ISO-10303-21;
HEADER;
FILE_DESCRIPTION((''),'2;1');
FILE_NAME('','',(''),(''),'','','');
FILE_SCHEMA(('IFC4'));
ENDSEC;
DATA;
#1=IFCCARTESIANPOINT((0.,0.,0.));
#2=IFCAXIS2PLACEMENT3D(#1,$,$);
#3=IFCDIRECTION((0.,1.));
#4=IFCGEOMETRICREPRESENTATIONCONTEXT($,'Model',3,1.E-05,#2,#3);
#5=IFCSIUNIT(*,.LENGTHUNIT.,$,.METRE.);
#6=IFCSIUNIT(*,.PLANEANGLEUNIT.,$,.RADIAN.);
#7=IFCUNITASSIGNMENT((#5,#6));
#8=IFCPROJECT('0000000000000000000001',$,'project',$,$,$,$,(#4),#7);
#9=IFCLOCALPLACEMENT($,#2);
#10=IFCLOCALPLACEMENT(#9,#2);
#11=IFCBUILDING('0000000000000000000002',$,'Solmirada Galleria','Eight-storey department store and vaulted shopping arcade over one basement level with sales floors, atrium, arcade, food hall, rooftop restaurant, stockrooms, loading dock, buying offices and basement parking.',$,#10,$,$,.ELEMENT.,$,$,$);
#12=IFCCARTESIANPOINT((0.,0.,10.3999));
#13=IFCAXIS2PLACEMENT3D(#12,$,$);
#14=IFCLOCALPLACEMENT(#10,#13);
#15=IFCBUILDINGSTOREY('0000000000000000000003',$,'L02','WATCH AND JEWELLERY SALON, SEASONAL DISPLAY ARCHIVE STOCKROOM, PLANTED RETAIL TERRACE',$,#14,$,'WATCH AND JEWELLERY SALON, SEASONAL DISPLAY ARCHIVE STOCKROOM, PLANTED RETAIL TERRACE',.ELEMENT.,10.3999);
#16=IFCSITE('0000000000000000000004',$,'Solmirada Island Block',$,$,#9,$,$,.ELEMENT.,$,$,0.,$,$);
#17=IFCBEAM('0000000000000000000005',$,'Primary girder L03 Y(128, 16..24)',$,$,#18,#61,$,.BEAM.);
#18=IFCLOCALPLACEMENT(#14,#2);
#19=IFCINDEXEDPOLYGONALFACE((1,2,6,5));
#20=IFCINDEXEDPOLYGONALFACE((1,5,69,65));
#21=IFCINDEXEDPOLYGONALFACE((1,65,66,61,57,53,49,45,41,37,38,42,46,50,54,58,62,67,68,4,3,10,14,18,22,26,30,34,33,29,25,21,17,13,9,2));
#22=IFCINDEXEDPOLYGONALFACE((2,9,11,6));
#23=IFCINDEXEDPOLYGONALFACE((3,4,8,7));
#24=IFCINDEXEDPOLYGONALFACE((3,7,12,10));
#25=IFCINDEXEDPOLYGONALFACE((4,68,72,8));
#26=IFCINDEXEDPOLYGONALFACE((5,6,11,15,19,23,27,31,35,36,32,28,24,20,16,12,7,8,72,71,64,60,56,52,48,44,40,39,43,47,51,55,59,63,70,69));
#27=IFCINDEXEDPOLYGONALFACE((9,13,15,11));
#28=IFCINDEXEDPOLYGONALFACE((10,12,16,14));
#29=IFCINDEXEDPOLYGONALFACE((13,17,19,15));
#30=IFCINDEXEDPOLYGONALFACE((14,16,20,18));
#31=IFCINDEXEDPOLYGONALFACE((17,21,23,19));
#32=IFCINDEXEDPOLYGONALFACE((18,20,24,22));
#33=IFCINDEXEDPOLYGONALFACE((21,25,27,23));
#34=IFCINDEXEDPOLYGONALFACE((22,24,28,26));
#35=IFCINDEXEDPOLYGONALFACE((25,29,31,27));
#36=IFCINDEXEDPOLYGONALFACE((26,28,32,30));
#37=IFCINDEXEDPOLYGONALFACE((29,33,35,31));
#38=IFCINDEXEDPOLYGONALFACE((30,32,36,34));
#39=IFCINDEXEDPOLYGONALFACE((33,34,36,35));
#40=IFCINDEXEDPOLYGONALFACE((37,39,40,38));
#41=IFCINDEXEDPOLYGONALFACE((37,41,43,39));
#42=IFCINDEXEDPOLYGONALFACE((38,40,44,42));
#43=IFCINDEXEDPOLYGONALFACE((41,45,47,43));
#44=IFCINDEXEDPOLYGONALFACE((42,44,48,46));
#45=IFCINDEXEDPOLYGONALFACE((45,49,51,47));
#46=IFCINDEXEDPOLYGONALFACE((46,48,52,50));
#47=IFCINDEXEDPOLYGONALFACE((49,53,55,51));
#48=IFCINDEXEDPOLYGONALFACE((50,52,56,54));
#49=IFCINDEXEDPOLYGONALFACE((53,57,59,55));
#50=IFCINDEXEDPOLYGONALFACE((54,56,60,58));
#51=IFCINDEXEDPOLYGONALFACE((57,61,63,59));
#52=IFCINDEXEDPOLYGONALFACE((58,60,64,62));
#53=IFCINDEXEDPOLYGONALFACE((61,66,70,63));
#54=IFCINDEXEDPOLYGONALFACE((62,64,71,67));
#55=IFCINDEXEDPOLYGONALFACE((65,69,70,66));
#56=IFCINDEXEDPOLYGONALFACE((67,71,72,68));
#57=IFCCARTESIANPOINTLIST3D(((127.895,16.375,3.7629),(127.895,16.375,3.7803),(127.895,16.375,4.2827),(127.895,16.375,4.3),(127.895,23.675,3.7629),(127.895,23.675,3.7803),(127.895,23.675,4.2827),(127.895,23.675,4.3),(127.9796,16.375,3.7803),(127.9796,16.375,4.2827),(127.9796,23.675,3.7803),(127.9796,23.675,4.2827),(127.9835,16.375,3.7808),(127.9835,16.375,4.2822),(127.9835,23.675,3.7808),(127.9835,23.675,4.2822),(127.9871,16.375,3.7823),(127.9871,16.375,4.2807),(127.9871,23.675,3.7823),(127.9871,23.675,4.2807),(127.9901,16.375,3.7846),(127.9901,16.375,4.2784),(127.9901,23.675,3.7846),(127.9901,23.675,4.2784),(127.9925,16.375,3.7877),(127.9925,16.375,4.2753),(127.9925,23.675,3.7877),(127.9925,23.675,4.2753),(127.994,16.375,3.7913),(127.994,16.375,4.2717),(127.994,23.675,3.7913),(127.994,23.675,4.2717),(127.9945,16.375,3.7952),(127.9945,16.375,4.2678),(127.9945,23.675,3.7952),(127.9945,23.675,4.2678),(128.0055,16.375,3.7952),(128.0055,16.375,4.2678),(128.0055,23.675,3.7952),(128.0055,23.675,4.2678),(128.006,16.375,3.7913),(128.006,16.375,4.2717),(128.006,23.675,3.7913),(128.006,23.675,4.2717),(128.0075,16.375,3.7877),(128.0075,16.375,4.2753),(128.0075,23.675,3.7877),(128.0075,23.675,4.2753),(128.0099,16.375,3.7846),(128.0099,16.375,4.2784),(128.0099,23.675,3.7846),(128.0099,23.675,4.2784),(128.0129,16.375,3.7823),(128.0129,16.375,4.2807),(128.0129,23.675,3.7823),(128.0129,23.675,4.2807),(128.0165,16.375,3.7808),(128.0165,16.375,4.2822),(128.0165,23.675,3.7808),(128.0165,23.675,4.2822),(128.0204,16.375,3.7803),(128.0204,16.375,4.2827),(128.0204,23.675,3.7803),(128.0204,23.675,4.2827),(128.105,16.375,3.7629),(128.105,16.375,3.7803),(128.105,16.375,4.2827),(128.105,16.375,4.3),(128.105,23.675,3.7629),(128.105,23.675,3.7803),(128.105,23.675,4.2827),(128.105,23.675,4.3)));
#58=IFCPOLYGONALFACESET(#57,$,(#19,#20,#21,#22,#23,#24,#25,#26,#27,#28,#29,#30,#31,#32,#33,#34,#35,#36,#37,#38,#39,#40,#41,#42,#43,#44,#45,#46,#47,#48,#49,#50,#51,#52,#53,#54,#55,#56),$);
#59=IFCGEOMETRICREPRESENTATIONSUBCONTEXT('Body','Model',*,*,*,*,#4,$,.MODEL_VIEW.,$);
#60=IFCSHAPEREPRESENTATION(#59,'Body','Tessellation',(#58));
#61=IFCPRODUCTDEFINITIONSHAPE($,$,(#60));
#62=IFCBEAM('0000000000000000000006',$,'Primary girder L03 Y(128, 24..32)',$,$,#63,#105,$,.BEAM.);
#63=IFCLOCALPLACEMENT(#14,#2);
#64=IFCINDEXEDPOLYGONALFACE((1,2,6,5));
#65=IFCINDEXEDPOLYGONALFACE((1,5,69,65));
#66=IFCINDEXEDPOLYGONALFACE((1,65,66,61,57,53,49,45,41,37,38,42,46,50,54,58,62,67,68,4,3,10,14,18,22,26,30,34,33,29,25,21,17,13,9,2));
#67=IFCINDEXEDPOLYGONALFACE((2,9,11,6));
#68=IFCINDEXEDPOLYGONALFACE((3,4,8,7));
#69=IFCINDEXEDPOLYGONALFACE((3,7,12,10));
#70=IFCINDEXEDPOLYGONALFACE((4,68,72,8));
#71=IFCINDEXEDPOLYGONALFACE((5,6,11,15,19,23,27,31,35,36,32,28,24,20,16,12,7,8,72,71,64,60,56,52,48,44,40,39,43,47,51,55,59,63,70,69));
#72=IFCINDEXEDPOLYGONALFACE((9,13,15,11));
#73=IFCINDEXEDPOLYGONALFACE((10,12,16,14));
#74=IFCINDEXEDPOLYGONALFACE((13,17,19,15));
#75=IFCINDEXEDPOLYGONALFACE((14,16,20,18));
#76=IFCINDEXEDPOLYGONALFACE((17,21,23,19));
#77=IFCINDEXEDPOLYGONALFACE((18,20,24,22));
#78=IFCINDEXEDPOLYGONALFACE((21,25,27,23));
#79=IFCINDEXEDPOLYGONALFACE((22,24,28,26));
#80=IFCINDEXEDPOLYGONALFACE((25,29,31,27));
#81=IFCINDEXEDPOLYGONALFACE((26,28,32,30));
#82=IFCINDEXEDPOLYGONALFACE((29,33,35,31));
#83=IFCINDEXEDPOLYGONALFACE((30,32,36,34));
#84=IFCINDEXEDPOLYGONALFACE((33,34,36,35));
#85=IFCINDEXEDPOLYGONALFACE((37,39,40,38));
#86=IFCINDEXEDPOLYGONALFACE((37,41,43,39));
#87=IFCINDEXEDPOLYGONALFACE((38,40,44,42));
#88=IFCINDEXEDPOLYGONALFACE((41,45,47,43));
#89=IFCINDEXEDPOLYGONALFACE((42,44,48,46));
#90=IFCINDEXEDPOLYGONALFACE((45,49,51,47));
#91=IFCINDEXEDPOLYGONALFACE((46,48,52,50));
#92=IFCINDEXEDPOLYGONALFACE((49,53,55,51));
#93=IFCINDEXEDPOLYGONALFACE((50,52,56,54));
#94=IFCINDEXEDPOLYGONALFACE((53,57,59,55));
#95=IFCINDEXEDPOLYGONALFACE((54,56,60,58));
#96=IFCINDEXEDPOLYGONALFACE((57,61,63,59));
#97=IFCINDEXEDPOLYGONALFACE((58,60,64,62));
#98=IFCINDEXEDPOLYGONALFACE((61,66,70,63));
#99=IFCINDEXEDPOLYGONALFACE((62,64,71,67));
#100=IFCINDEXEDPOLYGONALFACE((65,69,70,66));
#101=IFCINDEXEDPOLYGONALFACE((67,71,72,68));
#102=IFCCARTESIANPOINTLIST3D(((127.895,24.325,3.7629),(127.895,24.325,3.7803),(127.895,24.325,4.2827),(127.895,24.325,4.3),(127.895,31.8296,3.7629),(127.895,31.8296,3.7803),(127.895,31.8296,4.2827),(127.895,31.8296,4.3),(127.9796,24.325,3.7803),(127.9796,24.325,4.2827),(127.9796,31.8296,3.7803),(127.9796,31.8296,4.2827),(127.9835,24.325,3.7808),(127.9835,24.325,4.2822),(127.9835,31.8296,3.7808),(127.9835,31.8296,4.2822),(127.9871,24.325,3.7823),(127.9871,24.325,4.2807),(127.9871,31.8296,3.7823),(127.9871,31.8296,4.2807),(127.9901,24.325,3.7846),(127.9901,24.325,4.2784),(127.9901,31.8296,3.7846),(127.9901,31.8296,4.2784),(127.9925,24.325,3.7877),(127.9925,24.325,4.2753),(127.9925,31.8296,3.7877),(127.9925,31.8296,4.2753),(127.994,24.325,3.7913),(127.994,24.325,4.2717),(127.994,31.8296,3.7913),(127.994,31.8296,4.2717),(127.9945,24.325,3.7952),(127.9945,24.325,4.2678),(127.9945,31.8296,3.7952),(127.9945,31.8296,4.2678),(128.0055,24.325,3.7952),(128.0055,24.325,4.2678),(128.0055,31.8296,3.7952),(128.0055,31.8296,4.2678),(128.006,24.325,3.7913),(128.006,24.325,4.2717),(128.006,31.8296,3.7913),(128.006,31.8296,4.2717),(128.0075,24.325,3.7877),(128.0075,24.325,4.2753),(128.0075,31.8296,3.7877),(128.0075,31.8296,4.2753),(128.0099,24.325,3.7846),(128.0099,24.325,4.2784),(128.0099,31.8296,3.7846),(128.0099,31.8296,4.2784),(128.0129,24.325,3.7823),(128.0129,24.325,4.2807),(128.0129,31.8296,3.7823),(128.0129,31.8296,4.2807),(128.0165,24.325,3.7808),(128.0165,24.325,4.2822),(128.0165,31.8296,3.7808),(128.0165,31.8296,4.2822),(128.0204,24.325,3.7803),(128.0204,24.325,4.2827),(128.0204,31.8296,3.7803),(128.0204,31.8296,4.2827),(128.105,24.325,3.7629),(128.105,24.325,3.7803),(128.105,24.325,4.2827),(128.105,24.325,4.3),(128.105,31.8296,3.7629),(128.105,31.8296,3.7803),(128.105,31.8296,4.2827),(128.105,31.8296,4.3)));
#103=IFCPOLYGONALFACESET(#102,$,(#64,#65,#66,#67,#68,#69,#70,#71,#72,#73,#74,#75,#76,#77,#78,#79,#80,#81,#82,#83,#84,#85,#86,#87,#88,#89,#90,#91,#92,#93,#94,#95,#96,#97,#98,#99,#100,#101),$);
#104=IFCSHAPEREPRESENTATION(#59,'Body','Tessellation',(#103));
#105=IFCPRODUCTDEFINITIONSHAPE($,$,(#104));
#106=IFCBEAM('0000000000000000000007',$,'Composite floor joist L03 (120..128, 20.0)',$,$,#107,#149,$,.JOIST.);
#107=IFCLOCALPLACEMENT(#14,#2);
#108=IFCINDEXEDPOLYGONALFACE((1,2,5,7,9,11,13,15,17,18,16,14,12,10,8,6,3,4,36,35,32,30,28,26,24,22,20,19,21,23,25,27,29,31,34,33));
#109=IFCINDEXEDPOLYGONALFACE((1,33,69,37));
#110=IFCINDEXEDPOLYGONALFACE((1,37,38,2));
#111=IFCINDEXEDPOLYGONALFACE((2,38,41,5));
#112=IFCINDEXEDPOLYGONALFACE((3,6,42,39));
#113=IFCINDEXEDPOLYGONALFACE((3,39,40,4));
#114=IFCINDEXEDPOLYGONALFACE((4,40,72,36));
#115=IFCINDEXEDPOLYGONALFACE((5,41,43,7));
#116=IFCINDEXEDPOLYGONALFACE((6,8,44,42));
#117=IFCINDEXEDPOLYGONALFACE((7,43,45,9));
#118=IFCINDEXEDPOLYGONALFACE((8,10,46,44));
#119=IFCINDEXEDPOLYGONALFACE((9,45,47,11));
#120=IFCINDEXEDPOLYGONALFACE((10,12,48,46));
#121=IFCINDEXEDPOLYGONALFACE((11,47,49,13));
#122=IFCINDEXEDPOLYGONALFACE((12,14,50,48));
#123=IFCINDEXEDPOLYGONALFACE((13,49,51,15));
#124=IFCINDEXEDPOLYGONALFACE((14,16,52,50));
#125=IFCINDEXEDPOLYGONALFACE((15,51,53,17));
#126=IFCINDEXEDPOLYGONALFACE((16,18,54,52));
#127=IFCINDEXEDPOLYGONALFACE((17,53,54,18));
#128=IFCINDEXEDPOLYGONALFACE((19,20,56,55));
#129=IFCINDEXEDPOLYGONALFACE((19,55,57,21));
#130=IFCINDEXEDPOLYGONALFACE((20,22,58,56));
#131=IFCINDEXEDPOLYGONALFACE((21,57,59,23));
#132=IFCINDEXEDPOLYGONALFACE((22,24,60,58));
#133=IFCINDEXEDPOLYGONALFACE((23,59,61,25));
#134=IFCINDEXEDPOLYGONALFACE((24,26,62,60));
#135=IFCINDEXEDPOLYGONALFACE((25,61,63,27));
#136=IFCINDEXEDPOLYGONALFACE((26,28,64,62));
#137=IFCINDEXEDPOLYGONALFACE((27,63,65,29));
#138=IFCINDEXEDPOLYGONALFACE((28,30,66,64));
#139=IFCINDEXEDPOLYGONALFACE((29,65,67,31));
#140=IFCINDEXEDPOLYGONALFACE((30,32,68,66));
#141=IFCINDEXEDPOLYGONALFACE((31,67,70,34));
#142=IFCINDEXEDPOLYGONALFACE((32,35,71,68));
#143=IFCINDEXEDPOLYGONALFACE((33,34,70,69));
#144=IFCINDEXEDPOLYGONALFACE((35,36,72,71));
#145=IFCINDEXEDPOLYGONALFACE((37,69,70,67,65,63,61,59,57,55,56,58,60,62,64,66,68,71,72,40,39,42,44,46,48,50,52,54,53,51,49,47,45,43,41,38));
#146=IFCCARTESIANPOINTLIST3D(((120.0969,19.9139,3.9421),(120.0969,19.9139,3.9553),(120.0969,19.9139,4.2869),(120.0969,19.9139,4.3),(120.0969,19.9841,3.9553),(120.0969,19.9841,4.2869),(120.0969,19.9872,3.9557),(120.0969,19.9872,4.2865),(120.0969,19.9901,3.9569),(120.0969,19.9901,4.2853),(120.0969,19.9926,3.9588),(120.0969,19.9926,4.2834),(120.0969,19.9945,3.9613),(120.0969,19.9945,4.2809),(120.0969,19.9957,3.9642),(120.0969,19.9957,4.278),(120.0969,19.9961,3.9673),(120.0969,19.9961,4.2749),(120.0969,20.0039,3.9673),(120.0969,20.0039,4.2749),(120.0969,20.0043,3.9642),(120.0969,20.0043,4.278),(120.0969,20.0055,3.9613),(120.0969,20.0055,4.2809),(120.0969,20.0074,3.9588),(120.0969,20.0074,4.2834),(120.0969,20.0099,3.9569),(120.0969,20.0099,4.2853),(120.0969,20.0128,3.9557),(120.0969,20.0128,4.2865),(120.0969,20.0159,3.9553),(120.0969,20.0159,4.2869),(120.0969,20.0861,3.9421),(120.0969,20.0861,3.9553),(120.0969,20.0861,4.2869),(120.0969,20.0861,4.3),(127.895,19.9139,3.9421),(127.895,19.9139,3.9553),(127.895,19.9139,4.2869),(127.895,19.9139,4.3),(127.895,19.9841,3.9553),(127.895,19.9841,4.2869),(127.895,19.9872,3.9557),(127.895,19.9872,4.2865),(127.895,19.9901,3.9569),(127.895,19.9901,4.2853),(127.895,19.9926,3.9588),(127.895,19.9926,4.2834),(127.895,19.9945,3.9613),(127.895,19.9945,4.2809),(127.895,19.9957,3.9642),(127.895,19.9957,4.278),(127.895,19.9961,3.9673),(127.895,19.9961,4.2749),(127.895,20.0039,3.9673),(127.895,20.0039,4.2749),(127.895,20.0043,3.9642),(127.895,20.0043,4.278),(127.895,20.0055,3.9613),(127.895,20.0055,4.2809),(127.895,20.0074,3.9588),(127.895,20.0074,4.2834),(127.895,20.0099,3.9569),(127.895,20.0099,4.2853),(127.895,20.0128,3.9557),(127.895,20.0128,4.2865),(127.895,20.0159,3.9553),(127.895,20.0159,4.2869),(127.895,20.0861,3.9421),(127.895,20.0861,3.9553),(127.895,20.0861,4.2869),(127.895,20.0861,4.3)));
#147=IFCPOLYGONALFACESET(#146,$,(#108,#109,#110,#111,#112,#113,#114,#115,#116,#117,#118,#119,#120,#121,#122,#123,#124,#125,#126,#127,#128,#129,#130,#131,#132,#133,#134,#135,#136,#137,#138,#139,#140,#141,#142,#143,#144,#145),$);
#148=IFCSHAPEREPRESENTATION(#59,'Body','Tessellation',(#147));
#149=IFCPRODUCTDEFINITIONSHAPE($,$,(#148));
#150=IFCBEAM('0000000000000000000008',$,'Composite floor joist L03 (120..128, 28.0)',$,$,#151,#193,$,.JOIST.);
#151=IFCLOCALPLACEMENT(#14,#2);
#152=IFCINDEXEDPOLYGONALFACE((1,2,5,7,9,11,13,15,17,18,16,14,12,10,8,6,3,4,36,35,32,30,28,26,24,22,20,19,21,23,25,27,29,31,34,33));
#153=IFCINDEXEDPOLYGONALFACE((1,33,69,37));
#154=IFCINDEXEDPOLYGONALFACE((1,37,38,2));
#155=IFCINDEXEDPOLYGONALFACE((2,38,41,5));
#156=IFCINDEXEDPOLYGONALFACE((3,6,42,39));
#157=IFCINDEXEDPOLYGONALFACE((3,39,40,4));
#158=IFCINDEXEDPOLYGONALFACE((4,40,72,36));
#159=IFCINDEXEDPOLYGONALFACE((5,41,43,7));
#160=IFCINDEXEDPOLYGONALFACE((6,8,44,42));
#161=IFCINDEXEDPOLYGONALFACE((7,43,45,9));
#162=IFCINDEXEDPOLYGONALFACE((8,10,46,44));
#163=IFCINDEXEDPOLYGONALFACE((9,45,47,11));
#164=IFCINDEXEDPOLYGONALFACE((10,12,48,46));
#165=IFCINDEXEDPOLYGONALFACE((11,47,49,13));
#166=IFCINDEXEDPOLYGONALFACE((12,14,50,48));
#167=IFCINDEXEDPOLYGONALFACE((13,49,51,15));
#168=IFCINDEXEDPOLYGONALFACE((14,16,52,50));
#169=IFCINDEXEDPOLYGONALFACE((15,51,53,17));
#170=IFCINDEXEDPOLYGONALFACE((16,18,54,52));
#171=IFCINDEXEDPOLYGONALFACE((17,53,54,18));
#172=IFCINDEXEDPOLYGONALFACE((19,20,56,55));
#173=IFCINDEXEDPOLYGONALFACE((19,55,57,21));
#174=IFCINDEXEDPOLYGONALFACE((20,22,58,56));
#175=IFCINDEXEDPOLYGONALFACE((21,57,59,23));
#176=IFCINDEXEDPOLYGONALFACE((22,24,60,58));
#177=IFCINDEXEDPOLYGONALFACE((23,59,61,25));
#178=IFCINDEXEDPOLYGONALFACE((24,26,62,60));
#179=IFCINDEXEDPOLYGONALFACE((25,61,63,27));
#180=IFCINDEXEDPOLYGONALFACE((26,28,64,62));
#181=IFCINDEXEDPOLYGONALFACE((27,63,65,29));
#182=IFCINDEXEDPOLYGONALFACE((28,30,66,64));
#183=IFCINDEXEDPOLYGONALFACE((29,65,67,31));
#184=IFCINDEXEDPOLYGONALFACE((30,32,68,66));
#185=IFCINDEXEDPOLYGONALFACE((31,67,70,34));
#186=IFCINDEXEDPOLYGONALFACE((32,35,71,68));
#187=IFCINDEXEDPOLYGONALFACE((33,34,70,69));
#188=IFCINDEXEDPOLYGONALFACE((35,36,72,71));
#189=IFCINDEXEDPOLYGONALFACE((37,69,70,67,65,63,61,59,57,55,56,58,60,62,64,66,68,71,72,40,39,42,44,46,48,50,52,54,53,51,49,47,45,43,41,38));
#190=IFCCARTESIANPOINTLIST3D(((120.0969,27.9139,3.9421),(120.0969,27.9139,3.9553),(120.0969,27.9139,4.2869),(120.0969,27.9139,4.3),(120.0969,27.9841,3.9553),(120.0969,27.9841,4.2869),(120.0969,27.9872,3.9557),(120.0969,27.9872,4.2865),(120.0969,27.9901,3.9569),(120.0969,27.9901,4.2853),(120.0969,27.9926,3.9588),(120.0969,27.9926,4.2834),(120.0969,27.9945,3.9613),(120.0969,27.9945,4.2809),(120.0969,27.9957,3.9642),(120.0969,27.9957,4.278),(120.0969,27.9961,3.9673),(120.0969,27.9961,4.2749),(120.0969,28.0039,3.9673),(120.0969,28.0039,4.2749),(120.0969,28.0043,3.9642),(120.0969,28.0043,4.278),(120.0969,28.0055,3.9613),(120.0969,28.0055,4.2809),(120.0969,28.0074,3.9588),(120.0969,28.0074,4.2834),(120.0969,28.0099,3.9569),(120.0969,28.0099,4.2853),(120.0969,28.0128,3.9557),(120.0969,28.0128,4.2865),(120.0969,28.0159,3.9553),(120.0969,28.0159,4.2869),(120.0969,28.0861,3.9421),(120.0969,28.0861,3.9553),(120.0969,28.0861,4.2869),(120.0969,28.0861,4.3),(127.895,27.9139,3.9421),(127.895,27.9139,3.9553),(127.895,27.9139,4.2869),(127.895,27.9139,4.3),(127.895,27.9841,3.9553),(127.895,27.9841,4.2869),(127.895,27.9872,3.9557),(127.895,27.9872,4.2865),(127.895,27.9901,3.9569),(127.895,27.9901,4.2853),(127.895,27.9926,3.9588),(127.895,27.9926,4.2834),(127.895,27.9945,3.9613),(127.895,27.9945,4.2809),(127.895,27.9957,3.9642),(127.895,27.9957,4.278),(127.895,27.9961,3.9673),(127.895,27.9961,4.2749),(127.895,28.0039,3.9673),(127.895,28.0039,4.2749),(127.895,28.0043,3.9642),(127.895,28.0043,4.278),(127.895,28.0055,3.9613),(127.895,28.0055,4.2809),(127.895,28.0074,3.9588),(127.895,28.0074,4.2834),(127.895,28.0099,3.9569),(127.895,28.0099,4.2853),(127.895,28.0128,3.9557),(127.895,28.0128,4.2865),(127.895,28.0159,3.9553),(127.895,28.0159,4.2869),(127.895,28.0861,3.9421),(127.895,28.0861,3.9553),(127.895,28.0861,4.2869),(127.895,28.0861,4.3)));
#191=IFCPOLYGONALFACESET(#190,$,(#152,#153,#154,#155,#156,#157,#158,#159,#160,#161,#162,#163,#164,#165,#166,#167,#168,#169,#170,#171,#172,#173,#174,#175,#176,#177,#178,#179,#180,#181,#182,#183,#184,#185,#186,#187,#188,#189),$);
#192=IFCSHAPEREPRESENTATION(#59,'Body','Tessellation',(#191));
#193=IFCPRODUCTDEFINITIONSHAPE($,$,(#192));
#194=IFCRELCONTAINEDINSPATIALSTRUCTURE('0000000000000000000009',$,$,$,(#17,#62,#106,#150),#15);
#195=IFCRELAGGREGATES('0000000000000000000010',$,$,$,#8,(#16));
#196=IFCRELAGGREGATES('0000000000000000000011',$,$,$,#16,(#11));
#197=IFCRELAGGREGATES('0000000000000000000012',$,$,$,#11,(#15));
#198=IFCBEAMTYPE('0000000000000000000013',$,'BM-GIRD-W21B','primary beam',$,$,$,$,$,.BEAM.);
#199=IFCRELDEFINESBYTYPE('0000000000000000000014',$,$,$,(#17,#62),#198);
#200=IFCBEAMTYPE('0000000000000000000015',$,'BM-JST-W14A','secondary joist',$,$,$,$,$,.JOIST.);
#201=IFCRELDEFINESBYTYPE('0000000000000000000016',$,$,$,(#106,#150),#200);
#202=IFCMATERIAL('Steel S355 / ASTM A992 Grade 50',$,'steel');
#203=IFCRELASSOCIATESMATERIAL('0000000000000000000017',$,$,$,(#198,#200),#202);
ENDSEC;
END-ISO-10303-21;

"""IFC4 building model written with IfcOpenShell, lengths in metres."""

from ifc_helpers import new_model, si_unit, direction, frame, origin, origin_2d, place, context, subcontext, project, spatial, i_section, extrude, material, material_profile, profile_set, type_object, element, save


model = new_model("IFC4")

# Units and contexts
model_context = context("Model", 3, precision=1e-05, world=origin(), true_north=direction((0.0, 1.0)))
body_context = subcontext(model_context, "Body", "Model", "MODEL_VIEW")
ifc_project = project(units=[si_unit("LENGTHUNIT", "METRE"), si_unit("PLANEANGLEUNIT", "RADIAN")], contexts=[model_context])

# Site, building, storey
site_placement = place(None, origin())
site = spatial("IfcSite", under=ifc_project, at=site_placement, Name="Solmirada Island Block", CompositionType="ELEMENT", RefElevation=0.0)
building_placement = place(site_placement, origin())
building = spatial("IfcBuilding", under=site, at=building_placement, Name="Solmirada Galleria", Description="Eight-storey department store and vaulted shopping arcade over one basement level with sales floors, atrium, arcade, food hall, rooftop restaurant, stockrooms, loading dock, buying offices and basement parking.", CompositionType="ELEMENT")
storey_placement = place(building_placement, frame((0.0, 0.0, 10.3999)))
storey = spatial("IfcBuildingStorey", under=building, at=storey_placement, Name="L02", Description="WATCH AND JEWELLERY SALON, SEASONAL DISPLAY ARCHIVE STOCKROOM, PLANTED RETAIL TERRACE", LongName="WATCH AND JEWELLERY SALON, SEASONAL DISPLAY ARCHIVE STOCKROOM, PLANTED RETAIL TERRACE", CompositionType="ELEMENT", Elevation=10.3999)

# Beams
ifc_material_1 = material(Name="Steel S355 / ASTM A992 Grade 50", Category="steel")
ifc_material_profile_1 = material_profile(ifc_material_1, i_section(OverallWidth=0.21, OverallDepth=0.5371, WebThickness=0.011, FlangeThickness=0.0173, FilletRadius=0.0149, at=origin_2d()), Name="W21X68")
ifc_profile_set_1 = profile_set([ifc_material_profile_1], Name="Steel S355 / ASTM A992 Grade 50")
beam_type_1 = type_object("IfcBeamType", Name="BM-GIRD-W21B", Description="primary beam", PredefinedType="BEAM", material=ifc_profile_set_1)
beam_1_placement = place(storey_placement, frame((128.0, 16.375, 4.0315), z_axis=(0.0, 1.0, 0.0), x_axis=(-1.0, 0.0, 0.0)))
element("IfcBeam", 1, at=beam_1_placement, inside=storey, type_object=beam_type_1, Name="Primary girder L03 Y(128, 16..24)", PredefinedType="BEAM", context=body_context, shape_type="SweptSolid", body=[
    extrude(i_section(OverallWidth=0.21, OverallDepth=0.5371, WebThickness=0.011, FlangeThickness=0.0173, FilletRadius=0.0149, at=origin_2d()), origin(), (0.0, 0.0, 1.0), 7.3),
])
beam_2_placement = place(storey_placement, frame((128.0, 24.325, 4.0315), z_axis=(0.0, 1.0, 0.0), x_axis=(-1.0, 0.0, 0.0)))
element("IfcBeam", 2, at=beam_2_placement, inside=storey, type_object=beam_type_1, Name="Primary girder L03 Y(128, 24..32)", PredefinedType="BEAM", context=body_context, shape_type="SweptSolid", body=[
    extrude(i_section(OverallWidth=0.21, OverallDepth=0.5371, WebThickness=0.011, FlangeThickness=0.0173, FilletRadius=0.0149, at=origin_2d()), origin(), (0.0, 0.0, 1.0), 7.5046),
])
ifc_material_profile_2 = material_profile(ifc_material_1, i_section(OverallWidth=0.1721, OverallDepth=0.3579, WebThickness=0.0078, FlangeThickness=0.0132, FilletRadius=0.012, at=origin_2d()), Name="W14X38")
ifc_profile_set_2 = profile_set([ifc_material_profile_2], Name="Steel S355 / ASTM A992 Grade 50")
beam_type_2 = type_object("IfcBeamType", Name="BM-JST-W14A", Description="secondary joist", PredefinedType="JOIST", material=ifc_profile_set_2)
for number, where, z_axis, x_axis, name in (
    (3, (120.0969, 20.0, 4.1211), (1.0, 0.0, 0.0), (0.0, 1.0, 0.0), "Composite floor joist L03 (120..128, 20.0)"),
    (4, (120.0969, 28.0, 4.1211), (1.0, 0.0, 0.0), (0.0, 1.0, 0.0), "Composite floor joist L03 (120..128, 28.0)"),
):
    element("IfcBeam", number, at=place(storey_placement, frame(where, z_axis=z_axis, x_axis=x_axis)), inside=storey, type_object=beam_type_2, Name=name, PredefinedType="JOIST", context=body_context, shape_type="SweptSolid", body=[
        extrude(i_section(OverallWidth=0.1721, OverallDepth=0.3579, WebThickness=0.0078, FlangeThickness=0.0132, FilletRadius=0.012, at=origin_2d()), origin(), (0.0, 0.0, 1.0), 7.7981),
    ])

save(model, "model.ifc")
